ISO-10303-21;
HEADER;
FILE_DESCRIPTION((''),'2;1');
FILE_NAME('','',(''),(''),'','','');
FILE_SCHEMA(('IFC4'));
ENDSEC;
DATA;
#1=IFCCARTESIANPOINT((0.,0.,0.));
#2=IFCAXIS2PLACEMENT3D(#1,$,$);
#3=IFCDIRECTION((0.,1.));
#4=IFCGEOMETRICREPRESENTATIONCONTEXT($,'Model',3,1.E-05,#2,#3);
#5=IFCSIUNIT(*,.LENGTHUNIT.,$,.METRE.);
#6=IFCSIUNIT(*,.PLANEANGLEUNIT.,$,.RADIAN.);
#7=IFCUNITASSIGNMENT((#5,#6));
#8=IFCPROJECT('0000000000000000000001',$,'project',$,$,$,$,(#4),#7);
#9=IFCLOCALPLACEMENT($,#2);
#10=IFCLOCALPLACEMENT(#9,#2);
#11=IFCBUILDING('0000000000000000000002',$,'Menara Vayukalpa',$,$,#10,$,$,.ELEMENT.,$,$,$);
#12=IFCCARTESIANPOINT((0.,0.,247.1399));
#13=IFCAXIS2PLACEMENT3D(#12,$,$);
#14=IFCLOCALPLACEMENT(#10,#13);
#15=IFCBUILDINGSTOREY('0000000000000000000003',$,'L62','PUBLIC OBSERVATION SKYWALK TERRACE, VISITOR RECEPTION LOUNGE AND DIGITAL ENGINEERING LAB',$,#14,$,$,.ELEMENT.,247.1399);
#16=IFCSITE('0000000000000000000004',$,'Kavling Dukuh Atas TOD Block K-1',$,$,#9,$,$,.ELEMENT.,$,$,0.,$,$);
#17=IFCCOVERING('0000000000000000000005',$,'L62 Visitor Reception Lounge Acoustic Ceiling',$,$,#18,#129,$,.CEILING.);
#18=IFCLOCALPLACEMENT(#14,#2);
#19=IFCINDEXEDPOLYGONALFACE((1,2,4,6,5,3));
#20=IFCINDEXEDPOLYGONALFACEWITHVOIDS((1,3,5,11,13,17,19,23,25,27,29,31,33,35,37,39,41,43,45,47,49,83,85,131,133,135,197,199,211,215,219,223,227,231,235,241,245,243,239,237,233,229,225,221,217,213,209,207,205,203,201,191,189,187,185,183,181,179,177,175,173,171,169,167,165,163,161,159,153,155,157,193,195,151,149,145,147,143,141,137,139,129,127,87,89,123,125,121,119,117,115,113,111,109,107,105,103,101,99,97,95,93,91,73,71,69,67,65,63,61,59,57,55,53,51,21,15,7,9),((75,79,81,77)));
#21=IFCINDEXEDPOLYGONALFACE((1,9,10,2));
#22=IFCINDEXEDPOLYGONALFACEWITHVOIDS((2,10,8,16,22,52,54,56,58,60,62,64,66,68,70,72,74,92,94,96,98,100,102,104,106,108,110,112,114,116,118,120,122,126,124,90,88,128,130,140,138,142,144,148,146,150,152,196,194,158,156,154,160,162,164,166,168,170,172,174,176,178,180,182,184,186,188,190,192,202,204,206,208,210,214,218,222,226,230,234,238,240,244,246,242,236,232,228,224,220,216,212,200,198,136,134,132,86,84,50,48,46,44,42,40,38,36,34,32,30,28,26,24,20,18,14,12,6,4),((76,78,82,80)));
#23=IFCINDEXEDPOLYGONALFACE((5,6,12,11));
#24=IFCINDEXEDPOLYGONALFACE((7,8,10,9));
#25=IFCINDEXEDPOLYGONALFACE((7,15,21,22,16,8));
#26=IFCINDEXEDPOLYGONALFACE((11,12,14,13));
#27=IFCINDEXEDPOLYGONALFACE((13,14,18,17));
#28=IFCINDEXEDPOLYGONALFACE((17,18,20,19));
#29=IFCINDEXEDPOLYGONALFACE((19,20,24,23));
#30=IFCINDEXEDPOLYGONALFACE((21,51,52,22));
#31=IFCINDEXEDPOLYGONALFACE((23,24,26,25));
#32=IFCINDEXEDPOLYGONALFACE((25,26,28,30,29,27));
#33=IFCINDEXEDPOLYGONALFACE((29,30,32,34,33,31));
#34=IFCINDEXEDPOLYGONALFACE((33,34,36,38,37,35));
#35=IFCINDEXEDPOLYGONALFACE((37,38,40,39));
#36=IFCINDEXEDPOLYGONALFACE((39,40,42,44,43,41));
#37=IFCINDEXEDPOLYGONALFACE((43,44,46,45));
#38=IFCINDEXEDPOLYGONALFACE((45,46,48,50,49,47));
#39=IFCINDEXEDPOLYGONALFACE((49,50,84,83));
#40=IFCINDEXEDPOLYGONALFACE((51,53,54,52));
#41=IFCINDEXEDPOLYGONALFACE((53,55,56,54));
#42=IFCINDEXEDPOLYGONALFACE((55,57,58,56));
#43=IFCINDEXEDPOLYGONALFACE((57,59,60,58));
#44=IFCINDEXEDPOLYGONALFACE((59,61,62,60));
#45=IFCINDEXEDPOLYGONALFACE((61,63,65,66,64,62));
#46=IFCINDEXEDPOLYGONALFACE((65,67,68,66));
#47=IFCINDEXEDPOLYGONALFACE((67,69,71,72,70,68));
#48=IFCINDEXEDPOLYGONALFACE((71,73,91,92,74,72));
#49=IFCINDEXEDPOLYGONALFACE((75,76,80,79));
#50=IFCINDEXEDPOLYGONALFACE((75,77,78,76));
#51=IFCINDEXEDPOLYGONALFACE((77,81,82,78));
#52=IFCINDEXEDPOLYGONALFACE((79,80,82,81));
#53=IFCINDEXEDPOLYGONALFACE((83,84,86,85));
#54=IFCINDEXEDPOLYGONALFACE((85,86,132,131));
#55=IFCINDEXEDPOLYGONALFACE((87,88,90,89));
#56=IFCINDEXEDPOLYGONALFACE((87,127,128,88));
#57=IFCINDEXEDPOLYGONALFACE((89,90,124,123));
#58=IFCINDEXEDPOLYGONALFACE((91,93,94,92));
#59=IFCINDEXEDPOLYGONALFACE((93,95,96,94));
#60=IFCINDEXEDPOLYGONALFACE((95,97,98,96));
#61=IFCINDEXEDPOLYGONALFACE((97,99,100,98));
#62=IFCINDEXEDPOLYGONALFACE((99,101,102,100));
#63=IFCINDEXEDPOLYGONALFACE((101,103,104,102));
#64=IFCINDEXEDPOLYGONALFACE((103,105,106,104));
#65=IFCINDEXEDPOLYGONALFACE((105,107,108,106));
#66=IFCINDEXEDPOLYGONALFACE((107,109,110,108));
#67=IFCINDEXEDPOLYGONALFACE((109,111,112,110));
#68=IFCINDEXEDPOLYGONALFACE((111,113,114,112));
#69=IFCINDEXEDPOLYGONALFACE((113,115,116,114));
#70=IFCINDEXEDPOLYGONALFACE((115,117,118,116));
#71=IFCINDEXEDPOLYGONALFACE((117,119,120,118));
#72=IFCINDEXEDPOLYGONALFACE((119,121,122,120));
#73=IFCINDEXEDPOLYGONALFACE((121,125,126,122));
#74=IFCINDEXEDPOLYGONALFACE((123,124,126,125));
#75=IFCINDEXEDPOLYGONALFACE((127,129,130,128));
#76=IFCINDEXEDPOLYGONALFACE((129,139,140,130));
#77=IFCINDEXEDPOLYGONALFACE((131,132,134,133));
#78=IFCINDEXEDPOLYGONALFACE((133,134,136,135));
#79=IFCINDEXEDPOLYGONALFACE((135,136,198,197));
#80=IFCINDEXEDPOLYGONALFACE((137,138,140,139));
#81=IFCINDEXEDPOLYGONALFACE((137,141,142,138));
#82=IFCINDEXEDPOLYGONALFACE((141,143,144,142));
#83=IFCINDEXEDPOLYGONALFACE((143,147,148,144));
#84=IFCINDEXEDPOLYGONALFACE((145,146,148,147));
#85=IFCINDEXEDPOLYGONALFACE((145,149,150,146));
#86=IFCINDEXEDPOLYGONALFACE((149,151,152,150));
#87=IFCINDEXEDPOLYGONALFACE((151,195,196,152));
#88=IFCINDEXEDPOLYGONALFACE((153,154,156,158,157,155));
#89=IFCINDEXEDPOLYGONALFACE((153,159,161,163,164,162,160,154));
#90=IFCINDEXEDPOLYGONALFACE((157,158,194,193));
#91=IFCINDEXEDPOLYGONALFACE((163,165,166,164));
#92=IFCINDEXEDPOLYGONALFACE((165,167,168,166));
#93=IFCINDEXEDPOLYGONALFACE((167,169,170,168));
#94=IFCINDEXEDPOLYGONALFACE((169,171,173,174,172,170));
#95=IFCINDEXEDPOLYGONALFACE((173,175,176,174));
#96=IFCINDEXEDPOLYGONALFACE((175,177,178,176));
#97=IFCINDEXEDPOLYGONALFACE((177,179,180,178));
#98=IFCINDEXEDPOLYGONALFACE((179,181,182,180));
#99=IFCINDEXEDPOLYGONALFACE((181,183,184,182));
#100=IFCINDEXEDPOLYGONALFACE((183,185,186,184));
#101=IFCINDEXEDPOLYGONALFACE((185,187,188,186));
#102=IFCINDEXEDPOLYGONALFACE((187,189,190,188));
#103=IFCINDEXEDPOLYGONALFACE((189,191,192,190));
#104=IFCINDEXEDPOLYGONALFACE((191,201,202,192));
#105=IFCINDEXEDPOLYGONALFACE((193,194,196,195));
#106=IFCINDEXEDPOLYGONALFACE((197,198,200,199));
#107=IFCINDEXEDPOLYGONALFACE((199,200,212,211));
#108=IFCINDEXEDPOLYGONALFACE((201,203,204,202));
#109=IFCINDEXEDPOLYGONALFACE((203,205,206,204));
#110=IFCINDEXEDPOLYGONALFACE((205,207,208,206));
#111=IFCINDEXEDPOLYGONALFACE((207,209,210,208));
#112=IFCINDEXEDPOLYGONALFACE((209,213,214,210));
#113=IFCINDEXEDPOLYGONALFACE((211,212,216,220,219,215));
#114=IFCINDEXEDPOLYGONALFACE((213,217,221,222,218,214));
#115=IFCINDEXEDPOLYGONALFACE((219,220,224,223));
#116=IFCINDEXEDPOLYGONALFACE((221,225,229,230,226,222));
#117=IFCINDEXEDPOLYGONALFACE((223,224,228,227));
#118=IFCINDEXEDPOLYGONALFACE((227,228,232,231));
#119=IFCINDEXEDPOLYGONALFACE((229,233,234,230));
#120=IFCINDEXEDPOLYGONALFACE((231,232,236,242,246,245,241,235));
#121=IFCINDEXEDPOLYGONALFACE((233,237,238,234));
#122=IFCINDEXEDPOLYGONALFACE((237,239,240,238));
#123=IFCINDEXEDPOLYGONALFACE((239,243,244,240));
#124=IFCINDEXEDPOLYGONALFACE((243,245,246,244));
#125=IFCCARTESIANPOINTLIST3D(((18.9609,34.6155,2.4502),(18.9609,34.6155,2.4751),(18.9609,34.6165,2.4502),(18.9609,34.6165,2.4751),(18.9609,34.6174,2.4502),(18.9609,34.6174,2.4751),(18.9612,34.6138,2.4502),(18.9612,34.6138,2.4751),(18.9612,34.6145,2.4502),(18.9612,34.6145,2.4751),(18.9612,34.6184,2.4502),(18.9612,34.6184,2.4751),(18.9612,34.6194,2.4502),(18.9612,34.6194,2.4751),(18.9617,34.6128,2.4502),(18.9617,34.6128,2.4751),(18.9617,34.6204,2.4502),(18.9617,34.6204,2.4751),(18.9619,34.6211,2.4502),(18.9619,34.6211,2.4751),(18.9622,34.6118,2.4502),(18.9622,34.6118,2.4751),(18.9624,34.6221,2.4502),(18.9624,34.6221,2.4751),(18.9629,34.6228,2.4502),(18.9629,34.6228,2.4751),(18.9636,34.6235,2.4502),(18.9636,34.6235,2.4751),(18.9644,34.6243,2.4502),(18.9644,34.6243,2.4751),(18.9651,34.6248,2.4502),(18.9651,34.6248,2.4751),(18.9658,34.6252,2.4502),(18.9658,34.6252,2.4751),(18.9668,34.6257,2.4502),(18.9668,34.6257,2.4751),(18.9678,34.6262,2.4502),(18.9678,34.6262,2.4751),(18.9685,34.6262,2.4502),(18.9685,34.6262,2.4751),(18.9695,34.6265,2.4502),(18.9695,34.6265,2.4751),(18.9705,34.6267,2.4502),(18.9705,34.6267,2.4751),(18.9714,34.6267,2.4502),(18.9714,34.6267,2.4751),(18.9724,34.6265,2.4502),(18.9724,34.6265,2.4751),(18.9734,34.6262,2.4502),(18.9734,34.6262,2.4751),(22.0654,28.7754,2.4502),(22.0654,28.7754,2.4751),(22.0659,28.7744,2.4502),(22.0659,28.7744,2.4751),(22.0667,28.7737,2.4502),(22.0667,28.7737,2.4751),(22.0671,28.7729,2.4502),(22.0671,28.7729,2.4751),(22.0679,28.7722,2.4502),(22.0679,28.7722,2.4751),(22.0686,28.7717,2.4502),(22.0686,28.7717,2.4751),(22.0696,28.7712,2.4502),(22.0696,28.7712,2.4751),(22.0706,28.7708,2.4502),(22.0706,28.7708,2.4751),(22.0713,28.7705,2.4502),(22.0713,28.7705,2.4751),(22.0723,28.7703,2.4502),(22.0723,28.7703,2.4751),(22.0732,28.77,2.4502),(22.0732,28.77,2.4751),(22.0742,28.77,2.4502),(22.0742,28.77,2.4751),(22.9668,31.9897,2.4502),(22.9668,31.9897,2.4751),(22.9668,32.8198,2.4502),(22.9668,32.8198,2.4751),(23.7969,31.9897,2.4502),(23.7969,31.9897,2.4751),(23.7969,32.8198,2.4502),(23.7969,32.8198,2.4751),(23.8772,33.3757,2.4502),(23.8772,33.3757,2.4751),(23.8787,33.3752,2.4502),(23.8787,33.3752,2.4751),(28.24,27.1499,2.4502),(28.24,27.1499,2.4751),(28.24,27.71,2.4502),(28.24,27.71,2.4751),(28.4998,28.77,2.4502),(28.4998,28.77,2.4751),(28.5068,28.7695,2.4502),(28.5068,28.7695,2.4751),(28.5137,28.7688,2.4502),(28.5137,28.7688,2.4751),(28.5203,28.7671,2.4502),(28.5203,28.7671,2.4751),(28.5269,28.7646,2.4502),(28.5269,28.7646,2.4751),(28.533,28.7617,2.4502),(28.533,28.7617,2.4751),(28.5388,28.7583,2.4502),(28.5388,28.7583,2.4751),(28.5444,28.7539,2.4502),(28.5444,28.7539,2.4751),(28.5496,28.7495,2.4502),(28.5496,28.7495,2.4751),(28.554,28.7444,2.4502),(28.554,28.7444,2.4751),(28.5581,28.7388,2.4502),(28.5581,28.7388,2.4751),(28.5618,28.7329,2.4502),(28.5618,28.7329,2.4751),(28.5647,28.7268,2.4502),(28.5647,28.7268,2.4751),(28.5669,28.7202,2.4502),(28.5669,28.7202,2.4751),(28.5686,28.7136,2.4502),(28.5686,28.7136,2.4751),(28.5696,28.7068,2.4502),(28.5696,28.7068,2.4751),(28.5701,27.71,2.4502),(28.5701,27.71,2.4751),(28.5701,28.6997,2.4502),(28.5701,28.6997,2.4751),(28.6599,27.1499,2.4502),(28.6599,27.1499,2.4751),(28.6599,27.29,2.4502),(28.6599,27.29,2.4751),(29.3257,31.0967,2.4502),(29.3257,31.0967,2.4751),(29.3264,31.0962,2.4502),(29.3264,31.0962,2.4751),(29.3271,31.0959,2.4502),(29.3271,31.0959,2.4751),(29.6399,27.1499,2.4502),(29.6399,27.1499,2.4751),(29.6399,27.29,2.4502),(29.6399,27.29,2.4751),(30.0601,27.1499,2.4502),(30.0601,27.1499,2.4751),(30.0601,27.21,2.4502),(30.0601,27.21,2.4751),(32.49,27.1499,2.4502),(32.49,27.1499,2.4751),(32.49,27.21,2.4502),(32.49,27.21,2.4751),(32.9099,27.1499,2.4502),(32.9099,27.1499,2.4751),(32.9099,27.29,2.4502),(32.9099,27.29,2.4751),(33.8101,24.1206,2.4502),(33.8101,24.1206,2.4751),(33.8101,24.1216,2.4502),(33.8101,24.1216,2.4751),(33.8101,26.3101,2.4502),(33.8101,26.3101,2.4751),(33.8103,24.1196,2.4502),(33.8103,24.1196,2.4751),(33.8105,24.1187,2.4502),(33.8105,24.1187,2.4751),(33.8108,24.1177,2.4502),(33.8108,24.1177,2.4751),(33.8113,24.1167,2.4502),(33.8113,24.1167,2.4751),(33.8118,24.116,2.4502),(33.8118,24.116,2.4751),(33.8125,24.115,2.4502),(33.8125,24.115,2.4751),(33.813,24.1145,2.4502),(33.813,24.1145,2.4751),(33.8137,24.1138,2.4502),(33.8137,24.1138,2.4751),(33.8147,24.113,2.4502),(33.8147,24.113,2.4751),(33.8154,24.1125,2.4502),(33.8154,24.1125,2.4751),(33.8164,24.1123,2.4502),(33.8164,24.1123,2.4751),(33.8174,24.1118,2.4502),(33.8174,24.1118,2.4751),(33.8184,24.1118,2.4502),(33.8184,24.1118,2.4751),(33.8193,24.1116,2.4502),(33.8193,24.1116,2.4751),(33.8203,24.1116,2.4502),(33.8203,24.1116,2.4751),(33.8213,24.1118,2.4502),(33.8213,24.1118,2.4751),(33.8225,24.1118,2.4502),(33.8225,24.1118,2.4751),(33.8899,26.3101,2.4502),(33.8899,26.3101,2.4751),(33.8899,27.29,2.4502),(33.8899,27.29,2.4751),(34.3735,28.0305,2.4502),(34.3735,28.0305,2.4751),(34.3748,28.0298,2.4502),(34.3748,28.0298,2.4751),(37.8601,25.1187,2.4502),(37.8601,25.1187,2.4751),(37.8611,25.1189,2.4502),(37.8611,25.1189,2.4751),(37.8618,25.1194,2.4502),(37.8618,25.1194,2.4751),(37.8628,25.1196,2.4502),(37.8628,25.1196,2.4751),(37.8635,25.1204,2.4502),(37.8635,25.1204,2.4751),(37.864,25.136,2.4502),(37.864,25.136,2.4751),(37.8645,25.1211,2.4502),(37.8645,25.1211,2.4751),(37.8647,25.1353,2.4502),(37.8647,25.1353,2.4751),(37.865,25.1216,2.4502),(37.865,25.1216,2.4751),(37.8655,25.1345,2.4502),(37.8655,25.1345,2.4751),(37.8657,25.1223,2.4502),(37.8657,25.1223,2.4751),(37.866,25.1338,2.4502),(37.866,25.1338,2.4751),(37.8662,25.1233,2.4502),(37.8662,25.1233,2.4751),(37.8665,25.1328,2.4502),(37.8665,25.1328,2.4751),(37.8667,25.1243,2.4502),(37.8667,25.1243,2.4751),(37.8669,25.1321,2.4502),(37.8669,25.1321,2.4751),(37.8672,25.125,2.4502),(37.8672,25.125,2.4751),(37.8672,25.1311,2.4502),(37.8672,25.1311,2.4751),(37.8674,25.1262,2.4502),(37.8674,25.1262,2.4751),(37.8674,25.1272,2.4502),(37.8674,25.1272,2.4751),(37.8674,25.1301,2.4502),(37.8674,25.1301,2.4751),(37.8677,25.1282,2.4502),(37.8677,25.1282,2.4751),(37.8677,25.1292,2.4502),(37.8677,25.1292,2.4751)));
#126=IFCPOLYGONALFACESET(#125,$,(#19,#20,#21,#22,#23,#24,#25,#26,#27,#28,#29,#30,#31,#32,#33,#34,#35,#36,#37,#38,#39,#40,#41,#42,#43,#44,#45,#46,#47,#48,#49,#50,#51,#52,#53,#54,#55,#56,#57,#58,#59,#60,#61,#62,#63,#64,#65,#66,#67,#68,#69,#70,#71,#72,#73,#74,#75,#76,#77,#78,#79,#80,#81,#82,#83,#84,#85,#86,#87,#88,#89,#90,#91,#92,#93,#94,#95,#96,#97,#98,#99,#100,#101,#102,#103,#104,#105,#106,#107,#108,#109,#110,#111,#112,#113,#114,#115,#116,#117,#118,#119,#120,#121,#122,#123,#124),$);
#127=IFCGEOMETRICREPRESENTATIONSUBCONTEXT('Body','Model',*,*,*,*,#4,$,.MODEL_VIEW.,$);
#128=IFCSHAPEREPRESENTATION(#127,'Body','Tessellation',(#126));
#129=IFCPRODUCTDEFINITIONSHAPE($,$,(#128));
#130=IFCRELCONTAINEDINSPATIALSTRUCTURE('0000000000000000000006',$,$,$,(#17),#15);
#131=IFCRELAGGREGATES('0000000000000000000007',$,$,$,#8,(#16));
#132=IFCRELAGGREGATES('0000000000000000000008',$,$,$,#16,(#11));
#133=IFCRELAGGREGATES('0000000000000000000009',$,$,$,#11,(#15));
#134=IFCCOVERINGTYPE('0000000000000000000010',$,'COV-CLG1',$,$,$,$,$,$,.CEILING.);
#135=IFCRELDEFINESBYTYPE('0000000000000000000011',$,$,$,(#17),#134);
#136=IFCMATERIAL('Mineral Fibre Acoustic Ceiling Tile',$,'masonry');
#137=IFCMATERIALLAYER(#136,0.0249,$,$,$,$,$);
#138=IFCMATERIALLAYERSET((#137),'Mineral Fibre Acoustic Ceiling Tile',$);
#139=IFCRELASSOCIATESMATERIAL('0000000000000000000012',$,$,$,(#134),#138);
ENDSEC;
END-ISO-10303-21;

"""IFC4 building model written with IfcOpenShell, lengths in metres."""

from ifc_helpers import new_model, si_unit, direction, frame, origin, place, context, subcontext, project, spatial, polyline, outline, extrude, material, layer, layer_set, type_object, element, save


model = new_model("IFC4")

# Units and contexts
model_context = context("Model", 3, precision=1e-05, world=origin(), true_north=direction((0.0, 1.0)))
body_context = subcontext(model_context, "Body", "Model", "MODEL_VIEW")
ifc_project = project(units=[si_unit("LENGTHUNIT", "METRE"), si_unit("PLANEANGLEUNIT", "RADIAN")], contexts=[model_context])

# Site, building, storey
site_placement = place(None, origin())
site = spatial("IfcSite", under=ifc_project, at=site_placement, Name="Kavling Dukuh Atas TOD Block K-1", CompositionType="ELEMENT", RefElevation=0.0)
building_placement = place(site_placement, origin())
building = spatial("IfcBuilding", under=site, at=building_placement, Name="Menara Vayukalpa", CompositionType="ELEMENT")
storey_placement = place(building_placement, frame((0.0, 0.0, 247.1399)))
storey = spatial("IfcBuildingStorey", under=building, at=storey_placement, Name="L62", Description="PUBLIC OBSERVATION SKYWALK TERRACE, VISITOR RECEPTION LOUNGE AND DIGITAL ENGINEERING LAB", CompositionType="ELEMENT", Elevation=247.1399)

# Covering
ifc_material_1 = material(Name="Mineral Fibre Acoustic Ceiling Tile", Category="masonry")
ifc_layer_1 = layer(ifc_material_1, 0.0249)
ifc_layer_set_1 = layer_set([ifc_layer_1], Name="Mineral Fibre Acoustic Ceiling Tile")
covering_type_1 = type_object("IfcCoveringType", Name="COV-CLG1", PredefinedType="CEILING", material=ifc_layer_set_1)
covering_1_placement = place(storey_placement, frame((0.0, 0.0, 2.4502)))
element("IfcCovering", 1, at=covering_1_placement, inside=storey, type_object=covering_type_1, Name="L62 Visitor Reception Lounge Acoustic Ceiling", PredefinedType="CEILING", context=body_context, shape_type="SweptSolid", body=[
    extrude(outline(polyline([(29.6399, 27.1499), (29.6399, 27.29), (28.6599, 27.29), (28.6599, 27.1499), (28.24, 27.1499), (28.24, 27.71), (28.5701, 27.71), (28.5701, 28.6997), (28.5696, 28.7068), (28.5686, 28.7136), (28.5669, 28.7202), (28.5647, 28.7268), (28.5618, 28.7329), (28.5581, 28.7388), (28.554, 28.7444), (28.5496, 28.7495), (28.5444, 28.7539), (28.5388, 28.7583), (28.533, 28.7617), (28.5269, 28.7646), (28.5203, 28.7671), (28.5137, 28.7688), (28.5068, 28.7695), (28.4998, 28.77), (22.0742, 28.77), (22.0732, 28.77), (22.0723, 28.7703), (22.0713, 28.7705), (22.0706, 28.7708), (22.0696, 28.7712), (22.0686, 28.7717), (22.0679, 28.7722), (22.0671, 28.7729), (22.0667, 28.7737), (22.0659, 28.7744), (22.0654, 28.7754), (18.9622, 34.6118), (18.9617, 34.6128), (18.9612, 34.6138), (18.9612, 34.6145), (18.9609, 34.6155), (18.9609, 34.6165), (18.9609, 34.6174), (18.9612, 34.6184), (18.9612, 34.6194), (18.9617, 34.6204), (18.9619, 34.6211), (18.9624, 34.6221), (18.9629, 34.6228), (18.9636, 34.6235), (18.9644, 34.6243), (18.9651, 34.6248), (18.9658, 34.6252), (18.9668, 34.6257), (18.9678, 34.6262), (18.9685, 34.6262), (18.9695, 34.6265), (18.9705, 34.6267), (18.9714, 34.6267), (18.9724, 34.6265), (18.9734, 34.6262), (23.8772, 33.3757), (23.8787, 33.3752), (29.3257, 31.0967), (29.3264, 31.0962), (29.3271, 31.0959), (34.3735, 28.0305), (34.3748, 28.0298), (37.864, 25.136), (37.8647, 25.1353), (37.8655, 25.1345), (37.866, 25.1338), (37.8665, 25.1328), (37.8669, 25.1321), (37.8672, 25.1311), (37.8674, 25.1301), (37.8677, 25.1292), (37.8677, 25.1282), (37.8674, 25.1272), (37.8674, 25.1262), (37.8672, 25.125), (37.8667, 25.1243), (37.8662, 25.1233), (37.8657, 25.1223), (37.865, 25.1216), (37.8645, 25.1211), (37.8635, 25.1204), (37.8628, 25.1196), (37.8618, 25.1194), (37.8611, 25.1189), (37.8601, 25.1187), (33.8225, 24.1118), (33.8213, 24.1118), (33.8203, 24.1116), (33.8193, 24.1116), (33.8184, 24.1118), (33.8174, 24.1118), (33.8164, 24.1123), (33.8154, 24.1125), (33.8147, 24.113), (33.8137, 24.1138), (33.813, 24.1145), (33.8125, 24.115), (33.8118, 24.116), (33.8113, 24.1167), (33.8108, 24.1177), (33.8105, 24.1187), (33.8103, 24.1196), (33.8101, 24.1206), (33.8101, 24.1216), (33.8101, 26.3101), (33.8899, 26.3101), (33.8899, 27.29), (32.9099, 27.29), (32.9099, 27.1499), (32.49, 27.1499), (32.49, 27.21), (30.0601, 27.21), (30.0601, 27.1499), (29.6399, 27.1499)]), holes=[polyline([(23.7969, 32.8198), (22.9668, 32.8198), (22.9668, 31.9897), (23.7969, 31.9897), (23.7969, 32.8198)])]), origin(), (0.0, 0.0, 1.0), 0.0249),
])

save(model, "model.ifc")
